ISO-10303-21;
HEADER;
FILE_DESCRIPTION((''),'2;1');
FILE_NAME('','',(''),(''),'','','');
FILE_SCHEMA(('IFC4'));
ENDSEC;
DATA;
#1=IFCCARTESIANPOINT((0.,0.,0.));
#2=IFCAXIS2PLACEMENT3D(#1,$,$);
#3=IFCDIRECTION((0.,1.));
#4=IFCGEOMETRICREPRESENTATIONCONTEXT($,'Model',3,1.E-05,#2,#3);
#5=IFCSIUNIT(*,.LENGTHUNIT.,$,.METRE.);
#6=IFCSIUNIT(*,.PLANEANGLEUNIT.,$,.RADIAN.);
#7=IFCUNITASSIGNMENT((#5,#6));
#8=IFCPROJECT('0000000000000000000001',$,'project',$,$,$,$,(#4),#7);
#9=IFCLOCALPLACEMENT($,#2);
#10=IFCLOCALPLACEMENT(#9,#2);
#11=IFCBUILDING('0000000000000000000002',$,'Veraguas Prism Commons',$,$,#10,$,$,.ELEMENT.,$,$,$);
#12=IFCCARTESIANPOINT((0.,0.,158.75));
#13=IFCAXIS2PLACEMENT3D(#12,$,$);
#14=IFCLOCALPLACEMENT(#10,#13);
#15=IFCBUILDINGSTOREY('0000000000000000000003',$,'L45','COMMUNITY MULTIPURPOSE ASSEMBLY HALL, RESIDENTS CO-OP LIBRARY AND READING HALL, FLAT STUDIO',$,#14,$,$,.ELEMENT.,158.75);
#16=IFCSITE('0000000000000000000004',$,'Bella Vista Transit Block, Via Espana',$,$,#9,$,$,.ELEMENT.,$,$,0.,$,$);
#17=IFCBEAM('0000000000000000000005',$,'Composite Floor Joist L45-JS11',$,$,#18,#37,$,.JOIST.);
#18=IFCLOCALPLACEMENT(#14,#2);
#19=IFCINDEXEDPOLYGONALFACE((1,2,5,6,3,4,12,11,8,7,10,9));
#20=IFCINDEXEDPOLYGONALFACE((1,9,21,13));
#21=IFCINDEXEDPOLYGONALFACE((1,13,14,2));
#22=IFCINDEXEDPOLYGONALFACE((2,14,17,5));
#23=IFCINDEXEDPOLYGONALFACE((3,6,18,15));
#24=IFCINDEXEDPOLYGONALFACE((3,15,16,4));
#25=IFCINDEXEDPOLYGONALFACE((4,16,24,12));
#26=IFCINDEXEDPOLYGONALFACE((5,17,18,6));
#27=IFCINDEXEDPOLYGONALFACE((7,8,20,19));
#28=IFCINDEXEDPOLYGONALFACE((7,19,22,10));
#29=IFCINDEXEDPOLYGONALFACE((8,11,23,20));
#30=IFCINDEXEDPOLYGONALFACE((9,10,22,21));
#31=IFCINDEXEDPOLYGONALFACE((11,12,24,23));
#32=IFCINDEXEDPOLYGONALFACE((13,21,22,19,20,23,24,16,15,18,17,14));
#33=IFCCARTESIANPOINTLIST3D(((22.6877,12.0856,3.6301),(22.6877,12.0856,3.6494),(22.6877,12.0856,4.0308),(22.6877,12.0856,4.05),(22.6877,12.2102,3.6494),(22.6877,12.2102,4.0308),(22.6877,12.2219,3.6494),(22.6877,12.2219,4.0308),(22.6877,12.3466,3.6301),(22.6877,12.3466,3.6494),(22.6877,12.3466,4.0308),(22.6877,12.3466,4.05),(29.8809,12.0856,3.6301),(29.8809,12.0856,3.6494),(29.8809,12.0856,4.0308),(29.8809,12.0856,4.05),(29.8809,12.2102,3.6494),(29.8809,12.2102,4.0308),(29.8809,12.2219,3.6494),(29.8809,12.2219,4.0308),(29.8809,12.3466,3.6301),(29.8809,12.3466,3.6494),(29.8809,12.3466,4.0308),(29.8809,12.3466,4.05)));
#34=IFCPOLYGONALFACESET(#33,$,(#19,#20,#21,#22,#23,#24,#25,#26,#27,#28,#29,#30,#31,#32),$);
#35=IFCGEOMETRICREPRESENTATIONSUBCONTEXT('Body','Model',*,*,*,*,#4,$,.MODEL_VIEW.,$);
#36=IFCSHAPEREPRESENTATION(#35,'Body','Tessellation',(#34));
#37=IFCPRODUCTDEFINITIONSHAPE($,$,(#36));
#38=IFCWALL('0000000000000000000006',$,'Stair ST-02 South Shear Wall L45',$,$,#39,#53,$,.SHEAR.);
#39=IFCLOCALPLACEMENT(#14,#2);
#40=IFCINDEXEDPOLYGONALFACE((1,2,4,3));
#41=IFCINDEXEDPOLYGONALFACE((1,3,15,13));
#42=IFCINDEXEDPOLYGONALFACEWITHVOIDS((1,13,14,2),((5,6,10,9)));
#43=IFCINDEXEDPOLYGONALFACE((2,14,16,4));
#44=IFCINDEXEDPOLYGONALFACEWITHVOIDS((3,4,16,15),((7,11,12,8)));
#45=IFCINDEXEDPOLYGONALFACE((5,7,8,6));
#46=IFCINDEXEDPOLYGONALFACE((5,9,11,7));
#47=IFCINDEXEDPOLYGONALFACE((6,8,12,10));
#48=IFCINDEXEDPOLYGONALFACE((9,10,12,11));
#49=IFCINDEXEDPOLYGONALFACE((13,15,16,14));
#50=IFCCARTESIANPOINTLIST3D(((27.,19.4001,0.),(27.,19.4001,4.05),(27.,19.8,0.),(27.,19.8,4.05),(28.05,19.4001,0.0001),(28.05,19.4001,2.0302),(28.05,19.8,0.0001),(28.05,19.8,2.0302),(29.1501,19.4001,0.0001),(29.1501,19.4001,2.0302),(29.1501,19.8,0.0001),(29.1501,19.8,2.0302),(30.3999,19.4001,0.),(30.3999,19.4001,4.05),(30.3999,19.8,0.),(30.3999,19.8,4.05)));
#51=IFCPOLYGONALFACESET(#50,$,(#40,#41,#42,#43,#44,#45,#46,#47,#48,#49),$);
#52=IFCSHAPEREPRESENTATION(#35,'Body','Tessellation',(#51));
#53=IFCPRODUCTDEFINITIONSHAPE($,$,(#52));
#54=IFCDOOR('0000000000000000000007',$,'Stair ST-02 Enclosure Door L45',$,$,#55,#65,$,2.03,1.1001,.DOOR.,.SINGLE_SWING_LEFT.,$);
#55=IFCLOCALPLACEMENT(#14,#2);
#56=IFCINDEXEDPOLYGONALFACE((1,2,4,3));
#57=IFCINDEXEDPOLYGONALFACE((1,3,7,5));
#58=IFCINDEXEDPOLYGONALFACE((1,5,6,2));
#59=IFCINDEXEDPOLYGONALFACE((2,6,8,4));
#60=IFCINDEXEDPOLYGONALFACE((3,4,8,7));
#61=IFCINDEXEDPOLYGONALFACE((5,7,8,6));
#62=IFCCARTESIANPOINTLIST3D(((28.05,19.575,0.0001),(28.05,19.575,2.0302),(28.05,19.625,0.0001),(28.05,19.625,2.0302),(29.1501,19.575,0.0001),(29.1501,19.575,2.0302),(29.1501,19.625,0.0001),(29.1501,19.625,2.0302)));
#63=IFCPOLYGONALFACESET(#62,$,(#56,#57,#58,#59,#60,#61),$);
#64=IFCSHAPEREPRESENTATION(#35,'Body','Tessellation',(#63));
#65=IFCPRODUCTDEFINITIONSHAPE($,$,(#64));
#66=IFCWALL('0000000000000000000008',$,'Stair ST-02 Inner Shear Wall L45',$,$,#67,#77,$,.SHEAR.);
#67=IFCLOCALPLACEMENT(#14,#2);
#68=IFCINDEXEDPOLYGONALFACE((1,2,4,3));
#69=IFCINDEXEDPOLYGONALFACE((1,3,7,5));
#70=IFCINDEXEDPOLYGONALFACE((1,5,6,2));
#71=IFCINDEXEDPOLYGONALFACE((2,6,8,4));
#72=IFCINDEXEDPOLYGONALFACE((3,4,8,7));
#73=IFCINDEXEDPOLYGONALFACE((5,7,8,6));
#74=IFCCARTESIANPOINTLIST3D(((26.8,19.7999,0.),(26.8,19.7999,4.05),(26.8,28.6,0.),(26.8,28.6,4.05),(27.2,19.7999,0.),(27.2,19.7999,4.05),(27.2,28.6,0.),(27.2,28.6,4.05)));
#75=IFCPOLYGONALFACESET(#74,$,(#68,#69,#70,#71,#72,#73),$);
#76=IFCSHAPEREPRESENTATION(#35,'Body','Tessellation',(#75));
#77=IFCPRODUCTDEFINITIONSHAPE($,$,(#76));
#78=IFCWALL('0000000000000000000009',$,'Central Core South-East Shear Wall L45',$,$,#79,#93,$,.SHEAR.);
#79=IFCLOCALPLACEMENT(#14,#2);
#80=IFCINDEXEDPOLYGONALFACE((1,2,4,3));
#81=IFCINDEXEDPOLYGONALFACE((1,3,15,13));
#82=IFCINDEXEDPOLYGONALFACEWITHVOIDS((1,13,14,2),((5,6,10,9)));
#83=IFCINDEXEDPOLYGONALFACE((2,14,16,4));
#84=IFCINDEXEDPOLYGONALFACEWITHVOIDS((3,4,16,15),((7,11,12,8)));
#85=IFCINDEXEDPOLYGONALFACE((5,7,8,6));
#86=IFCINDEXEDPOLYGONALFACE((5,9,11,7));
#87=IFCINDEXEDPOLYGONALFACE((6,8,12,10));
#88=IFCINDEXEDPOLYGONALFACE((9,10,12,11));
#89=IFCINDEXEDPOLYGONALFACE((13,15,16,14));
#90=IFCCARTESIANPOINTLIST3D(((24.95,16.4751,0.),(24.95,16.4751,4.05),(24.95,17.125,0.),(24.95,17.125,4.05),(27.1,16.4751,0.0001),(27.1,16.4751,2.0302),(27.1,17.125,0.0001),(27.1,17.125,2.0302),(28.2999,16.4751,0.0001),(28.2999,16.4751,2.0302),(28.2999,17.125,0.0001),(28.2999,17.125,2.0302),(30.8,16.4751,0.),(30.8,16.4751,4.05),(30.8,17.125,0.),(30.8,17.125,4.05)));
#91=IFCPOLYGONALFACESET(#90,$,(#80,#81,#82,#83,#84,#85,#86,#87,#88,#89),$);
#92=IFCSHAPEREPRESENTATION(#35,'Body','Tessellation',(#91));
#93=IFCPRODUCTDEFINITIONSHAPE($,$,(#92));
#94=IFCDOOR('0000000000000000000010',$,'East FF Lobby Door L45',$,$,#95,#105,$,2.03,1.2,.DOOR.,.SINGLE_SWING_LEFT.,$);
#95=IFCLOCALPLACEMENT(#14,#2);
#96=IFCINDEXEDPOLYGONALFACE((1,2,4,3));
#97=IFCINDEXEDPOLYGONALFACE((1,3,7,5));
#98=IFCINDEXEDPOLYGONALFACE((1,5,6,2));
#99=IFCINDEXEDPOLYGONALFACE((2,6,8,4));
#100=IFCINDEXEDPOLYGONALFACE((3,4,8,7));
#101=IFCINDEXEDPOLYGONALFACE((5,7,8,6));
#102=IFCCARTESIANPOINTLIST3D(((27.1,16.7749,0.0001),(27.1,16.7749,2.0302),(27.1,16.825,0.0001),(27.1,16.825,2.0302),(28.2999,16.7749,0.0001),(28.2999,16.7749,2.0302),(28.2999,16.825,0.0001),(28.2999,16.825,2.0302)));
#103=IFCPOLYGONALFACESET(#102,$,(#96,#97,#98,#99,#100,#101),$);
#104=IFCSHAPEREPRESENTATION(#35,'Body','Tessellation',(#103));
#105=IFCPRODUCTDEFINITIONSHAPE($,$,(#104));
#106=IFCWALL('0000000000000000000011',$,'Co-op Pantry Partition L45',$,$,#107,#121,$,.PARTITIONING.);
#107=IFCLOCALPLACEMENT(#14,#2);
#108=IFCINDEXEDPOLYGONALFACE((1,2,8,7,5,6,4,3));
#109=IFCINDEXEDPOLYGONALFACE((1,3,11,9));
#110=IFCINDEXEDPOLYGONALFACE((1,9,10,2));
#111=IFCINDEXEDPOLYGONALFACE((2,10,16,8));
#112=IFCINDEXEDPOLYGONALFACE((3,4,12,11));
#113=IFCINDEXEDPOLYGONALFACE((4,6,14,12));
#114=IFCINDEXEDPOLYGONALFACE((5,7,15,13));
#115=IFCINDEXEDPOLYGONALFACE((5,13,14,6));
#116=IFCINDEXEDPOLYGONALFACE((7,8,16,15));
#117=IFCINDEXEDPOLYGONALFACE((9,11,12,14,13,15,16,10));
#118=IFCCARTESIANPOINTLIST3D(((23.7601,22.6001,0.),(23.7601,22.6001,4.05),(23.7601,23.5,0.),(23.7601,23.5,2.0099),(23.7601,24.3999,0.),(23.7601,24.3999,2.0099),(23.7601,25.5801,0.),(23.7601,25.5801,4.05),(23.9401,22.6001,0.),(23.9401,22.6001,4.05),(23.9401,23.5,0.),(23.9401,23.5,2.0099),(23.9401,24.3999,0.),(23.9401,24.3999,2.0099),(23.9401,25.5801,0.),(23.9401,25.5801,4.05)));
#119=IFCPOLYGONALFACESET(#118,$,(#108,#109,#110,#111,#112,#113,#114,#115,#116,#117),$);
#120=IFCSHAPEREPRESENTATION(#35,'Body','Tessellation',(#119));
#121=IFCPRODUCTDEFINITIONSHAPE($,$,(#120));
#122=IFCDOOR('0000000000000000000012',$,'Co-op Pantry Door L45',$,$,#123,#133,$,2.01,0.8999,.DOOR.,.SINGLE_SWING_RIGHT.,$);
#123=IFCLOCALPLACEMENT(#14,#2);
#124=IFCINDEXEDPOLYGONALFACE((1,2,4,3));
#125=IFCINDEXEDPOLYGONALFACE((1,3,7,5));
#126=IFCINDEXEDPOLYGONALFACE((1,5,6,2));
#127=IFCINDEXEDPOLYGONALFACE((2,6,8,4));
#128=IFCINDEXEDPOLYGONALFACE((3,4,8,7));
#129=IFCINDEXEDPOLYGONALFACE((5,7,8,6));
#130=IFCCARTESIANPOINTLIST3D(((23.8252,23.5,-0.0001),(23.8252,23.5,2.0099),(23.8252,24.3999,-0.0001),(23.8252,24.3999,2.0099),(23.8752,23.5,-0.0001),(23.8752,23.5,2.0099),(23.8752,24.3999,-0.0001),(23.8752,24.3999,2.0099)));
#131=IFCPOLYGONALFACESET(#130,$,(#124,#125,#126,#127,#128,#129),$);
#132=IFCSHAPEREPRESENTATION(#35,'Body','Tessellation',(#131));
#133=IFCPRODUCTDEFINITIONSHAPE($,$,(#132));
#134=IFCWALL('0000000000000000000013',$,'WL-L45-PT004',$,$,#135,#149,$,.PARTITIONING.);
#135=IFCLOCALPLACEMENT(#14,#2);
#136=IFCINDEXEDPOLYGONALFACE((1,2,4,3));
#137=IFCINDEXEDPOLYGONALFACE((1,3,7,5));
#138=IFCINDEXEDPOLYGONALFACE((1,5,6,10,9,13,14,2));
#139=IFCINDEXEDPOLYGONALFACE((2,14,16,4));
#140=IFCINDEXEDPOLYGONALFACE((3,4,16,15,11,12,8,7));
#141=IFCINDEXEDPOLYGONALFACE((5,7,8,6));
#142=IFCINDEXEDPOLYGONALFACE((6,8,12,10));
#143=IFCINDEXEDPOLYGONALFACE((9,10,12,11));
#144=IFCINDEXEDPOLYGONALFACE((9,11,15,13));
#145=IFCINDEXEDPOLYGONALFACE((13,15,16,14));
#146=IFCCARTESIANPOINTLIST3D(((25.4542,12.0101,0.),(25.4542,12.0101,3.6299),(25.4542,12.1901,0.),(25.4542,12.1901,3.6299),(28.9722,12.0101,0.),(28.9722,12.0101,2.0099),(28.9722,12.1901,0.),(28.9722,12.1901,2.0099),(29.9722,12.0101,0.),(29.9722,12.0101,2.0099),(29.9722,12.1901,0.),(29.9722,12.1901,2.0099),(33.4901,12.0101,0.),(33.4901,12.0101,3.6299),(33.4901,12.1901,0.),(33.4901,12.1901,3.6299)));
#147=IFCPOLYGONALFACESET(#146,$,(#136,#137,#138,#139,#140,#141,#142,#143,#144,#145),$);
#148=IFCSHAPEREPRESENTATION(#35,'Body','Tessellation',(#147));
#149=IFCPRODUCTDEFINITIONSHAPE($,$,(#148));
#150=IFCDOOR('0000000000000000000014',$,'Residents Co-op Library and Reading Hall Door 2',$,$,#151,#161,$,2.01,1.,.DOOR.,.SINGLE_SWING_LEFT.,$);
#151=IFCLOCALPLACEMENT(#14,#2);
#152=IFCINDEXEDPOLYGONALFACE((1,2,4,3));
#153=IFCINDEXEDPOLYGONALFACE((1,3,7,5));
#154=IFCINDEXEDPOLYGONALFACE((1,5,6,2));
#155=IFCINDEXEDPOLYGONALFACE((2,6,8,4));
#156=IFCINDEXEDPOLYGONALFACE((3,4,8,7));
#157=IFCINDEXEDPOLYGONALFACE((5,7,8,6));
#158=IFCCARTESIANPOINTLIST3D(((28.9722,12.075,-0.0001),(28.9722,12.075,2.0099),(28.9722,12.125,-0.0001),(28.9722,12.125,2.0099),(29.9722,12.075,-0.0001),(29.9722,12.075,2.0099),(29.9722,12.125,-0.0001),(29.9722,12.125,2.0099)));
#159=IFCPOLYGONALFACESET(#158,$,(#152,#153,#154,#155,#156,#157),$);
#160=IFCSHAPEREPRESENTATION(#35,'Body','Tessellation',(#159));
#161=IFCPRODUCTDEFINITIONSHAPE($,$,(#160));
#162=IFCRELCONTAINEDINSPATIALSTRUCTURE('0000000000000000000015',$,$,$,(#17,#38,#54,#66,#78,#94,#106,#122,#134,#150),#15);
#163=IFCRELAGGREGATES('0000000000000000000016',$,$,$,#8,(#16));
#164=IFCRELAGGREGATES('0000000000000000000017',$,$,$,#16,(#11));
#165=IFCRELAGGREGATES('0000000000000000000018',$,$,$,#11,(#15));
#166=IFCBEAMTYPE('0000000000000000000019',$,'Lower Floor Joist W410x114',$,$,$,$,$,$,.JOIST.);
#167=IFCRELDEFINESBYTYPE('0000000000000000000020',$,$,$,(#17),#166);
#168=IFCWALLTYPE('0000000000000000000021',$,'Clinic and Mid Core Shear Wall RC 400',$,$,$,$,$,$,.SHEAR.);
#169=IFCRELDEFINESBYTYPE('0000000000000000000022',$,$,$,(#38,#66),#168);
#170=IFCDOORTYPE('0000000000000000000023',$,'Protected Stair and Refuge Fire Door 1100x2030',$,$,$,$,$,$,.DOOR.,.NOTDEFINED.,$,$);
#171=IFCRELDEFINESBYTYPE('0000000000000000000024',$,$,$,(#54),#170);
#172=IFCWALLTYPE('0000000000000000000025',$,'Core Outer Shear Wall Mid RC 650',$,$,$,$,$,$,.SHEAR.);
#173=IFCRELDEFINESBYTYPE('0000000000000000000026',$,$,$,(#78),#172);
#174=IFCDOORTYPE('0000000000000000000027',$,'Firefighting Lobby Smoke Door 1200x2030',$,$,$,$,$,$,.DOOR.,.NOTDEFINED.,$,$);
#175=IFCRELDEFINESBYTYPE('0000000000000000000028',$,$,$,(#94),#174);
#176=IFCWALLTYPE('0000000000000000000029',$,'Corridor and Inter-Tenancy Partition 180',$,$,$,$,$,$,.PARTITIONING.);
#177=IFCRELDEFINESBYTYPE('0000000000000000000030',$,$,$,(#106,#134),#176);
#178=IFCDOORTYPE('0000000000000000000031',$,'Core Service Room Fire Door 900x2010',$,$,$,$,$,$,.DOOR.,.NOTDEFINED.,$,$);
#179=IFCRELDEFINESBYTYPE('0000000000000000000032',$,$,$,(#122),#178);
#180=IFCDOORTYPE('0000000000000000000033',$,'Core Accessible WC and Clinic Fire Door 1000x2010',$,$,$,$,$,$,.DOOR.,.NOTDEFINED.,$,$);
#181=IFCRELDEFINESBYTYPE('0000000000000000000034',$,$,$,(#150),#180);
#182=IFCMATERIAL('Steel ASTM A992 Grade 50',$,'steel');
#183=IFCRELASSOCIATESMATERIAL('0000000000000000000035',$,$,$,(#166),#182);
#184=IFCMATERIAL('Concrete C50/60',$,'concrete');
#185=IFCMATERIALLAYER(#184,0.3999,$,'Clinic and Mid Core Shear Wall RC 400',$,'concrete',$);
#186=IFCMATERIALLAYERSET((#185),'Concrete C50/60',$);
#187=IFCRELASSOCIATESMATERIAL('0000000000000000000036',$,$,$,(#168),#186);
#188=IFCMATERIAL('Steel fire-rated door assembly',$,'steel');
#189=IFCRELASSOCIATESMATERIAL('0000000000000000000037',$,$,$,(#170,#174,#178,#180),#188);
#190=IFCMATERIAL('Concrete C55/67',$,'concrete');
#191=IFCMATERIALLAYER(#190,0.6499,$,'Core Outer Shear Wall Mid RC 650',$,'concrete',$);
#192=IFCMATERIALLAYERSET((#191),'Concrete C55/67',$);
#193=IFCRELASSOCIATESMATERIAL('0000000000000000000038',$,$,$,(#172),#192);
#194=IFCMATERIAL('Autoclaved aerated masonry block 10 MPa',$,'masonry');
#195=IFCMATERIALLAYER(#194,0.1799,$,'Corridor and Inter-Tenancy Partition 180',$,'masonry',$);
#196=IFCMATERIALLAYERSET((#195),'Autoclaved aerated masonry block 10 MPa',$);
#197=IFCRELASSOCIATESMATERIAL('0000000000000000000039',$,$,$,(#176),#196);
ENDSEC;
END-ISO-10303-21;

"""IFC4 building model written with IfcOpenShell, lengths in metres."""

from ifc_helpers import new_model, si_unit, direction, frame, frame_2d, origin, origin_2d, place, context, subcontext, project, spatial, rectangle, i_section, extrude, source, transform, mapped, material, layer, layer_set, material_profile, profile_set, type_object, element, fill, save


model = new_model("IFC4")

# Units and contexts
model_context = context("Model", 3, precision=1e-05, world=origin(), true_north=direction((0.0, 1.0)))
body_context = subcontext(model_context, "Body", "Model", "MODEL_VIEW")
ifc_project = project(units=[si_unit("LENGTHUNIT", "METRE"), si_unit("PLANEANGLEUNIT", "RADIAN")], contexts=[model_context])

# Site, building, storey
site_placement = place(None, origin())
site = spatial("IfcSite", under=ifc_project, at=site_placement, Name="Bella Vista Transit Block, Via Espana", CompositionType="ELEMENT", RefElevation=0.0)
building_placement = place(site_placement, origin())
building = spatial("IfcBuilding", under=site, at=building_placement, Name="Veraguas Prism Commons", CompositionType="ELEMENT")
storey_placement = place(building_placement, frame((0.0, 0.0, 158.75)))
storey = spatial("IfcBuildingStorey", under=building, at=storey_placement, Name="L45", Description="COMMUNITY MULTIPURPOSE ASSEMBLY HALL, RESIDENTS CO-OP LIBRARY AND READING HALL, FLAT STUDIO", CompositionType="ELEMENT", Elevation=158.75)

# Beam
ifc_material_1 = material(Name="Steel ASTM A992 Grade 50", Category="steel")
ifc_material_profile = material_profile(ifc_material_1, i_section(OverallWidth=0.261, OverallDepth=0.4199, WebThickness=0.0117, FlangeThickness=0.0193, at=origin_2d()), Name="W410X114")
ifc_profile_set = profile_set([ifc_material_profile], Name="Steel ASTM A992 Grade 50")
beam_type = type_object("IfcBeamType", Name="Lower Floor Joist W410x114", PredefinedType="JOIST", material=ifc_profile_set)
beam_placement = place(storey_placement, frame((22.6877, 12.2161, 3.8401), z_axis=(1.0, 0.0, 0.0), x_axis=(0.0, 1.0, 0.0)))
element("IfcBeam", 1, at=beam_placement, inside=storey, type_object=beam_type, Name="Composite Floor Joist L45-JS11", PredefinedType="JOIST", context=body_context, shape_type="SweptSolid", body=[
    extrude(i_section(OverallWidth=0.261, OverallDepth=0.4199, WebThickness=0.0117, FlangeThickness=0.0193, at=origin_2d()), origin(), (0.0, 0.0, 1.0), 7.1931),
])

# Wall, opening, door
ifc_material_2 = material(Name="Concrete C50/60", Category="concrete")
ifc_layer_1 = layer(ifc_material_2, 0.3999, Name="Clinic and Mid Core Shear Wall RC 400", Category="concrete")
ifc_layer_set_1 = layer_set([ifc_layer_1], Name="Concrete C50/60")
wall_type_1 = type_object("IfcWallType", Name="Clinic and Mid Core Shear Wall RC 400", PredefinedType="SHEAR", material=ifc_layer_set_1)
wall_1_placement = place(storey_placement, frame((27.0, 19.6001, 0.0), z_axis=(0.0, 0.0, 1.0), x_axis=(1.0, 0.0, 0.0)))
wall_1 = element("IfcWall", 2, at=wall_1_placement, inside=storey, type_object=wall_type_1, Name="Stair ST-02 South Shear Wall L45", PredefinedType="SHEAR", context=body_context, shape_type="SweptSolid", body=[
    extrude(rectangle(XDim=3.3999, YDim=0.3999, at=frame_2d((1.7, 0.0))), origin(), (0.0, 0.0, 1.0), 4.05),
])
opening_1_placement = place(wall_1_placement, frame((1.05, 0.0, 0.0)))
opening_1 = element("IfcOpeningElement", 3, at=opening_1_placement, cuts=wall_1, PredefinedType="OPENING", context=body_context, shape_type="SweptSolid", body=[
    extrude(rectangle(XDim=1.1001, YDim=2.03, at=frame_2d((0.55, 1.0151))), frame((0.0, 0.21, 0.0), z_axis=(0.0, -1.0, 0.0), x_axis=(1.0, 0.0, 0.0)), (0.0, 0.0, 1.0), 0.4199),
])
ifc_material_3 = material(Name="Steel fire-rated door assembly", Category="steel")
door_type_1 = type_object("IfcDoorType", Name="Protected Stair and Refuge Fire Door 1100x2030", OperationType="NOTDEFINED", PredefinedType="DOOR", material=ifc_material_3)
shared_shape_1 = source(origin(), body_context, "Body", "SweptSolid", [
    extrude(rectangle(XDim=1.1001, YDim=2.03, at=frame_2d((0.55, 1.0151))), frame((0.0, 0.0249, 0.0), z_axis=(0.0, -1.0, 0.0), x_axis=(1.0, 0.0, 0.0)), (0.0, 0.0, 1.0), 0.05),
])
door_1_placement = place(opening_1_placement, origin())
door_1 = element("IfcDoor", 4, at=door_1_placement, inside=storey, type_object=door_type_1, Name="Stair ST-02 Enclosure Door L45", OperationType="SINGLE_SWING_LEFT", OverallHeight=2.03, OverallWidth=1.1001, PredefinedType="DOOR", context=body_context, shape_type="MappedRepresentation", body=[
    mapped(shared_shape_1, transform((0.0, 0.0, 0.0), scale=1.0)),
])
fill(opening_1, door_1)

# Wall
wall_2_placement = place(storey_placement, frame((27.0, 19.8, 0.0), z_axis=(0.0, 0.0, 1.0), x_axis=(0.0, 1.0, 0.0)))
element("IfcWall", 5, at=wall_2_placement, inside=storey, type_object=wall_type_1, Name="Stair ST-02 Inner Shear Wall L45", PredefinedType="SHEAR", context=body_context, shape_type="SweptSolid", body=[
    extrude(rectangle(XDim=8.8, YDim=0.3999, at=frame_2d((4.3999, 0.0))), origin(), (0.0, 0.0, 1.0), 4.05),
])

# Walls, openings, doors
ifc_material_4 = material(Name="Concrete C55/67", Category="concrete")
ifc_layer_2 = layer(ifc_material_4, 0.6499, Name="Core Outer Shear Wall Mid RC 650", Category="concrete")
ifc_layer_set_2 = layer_set([ifc_layer_2], Name="Concrete C55/67")
wall_type_2 = type_object("IfcWallType", Name="Core Outer Shear Wall Mid RC 650", PredefinedType="SHEAR", material=ifc_layer_set_2)
wall_3_placement = place(storey_placement, frame((24.95, 16.8, 0.0), z_axis=(0.0, 0.0, 1.0), x_axis=(1.0, 0.0, 0.0)))
wall_3 = element("IfcWall", 6, at=wall_3_placement, inside=storey, type_object=wall_type_2, Name="Central Core South-East Shear Wall L45", PredefinedType="SHEAR", context=body_context, shape_type="SweptSolid", body=[
    extrude(rectangle(XDim=5.8501, YDim=0.6499, at=frame_2d((2.925, 0.0))), origin(), (0.0, 0.0, 1.0), 4.05),
])
opening_2_placement = place(wall_3_placement, frame((2.1499, 0.0, 0.0)))
opening_2 = element("IfcOpeningElement", 7, at=opening_2_placement, cuts=wall_3, PredefinedType="OPENING", context=body_context, shape_type="SweptSolid", body=[
    extrude(rectangle(XDim=1.2, YDim=2.03, at=frame_2d((0.6001, 1.0151))), frame((0.0, 0.335, 0.0), z_axis=(0.0, -1.0, 0.0), x_axis=(1.0, 0.0, 0.0)), (0.0, 0.0, 1.0), 0.6699),
])
door_type_2 = type_object("IfcDoorType", Name="Firefighting Lobby Smoke Door 1200x2030", OperationType="NOTDEFINED", PredefinedType="DOOR", material=ifc_material_3)
shared_shape_2 = source(origin(), body_context, "Body", "SweptSolid", [
    extrude(rectangle(XDim=1.2, YDim=2.03, at=frame_2d((0.6001, 1.0151))), frame((0.0, 0.0249, 0.0), z_axis=(0.0, -1.0, 0.0), x_axis=(1.0, 0.0, 0.0)), (0.0, 0.0, 1.0), 0.05),
])
door_2_placement = place(opening_2_placement, origin())
door_2 = element("IfcDoor", 8, at=door_2_placement, inside=storey, type_object=door_type_2, Name="East FF Lobby Door L45", OperationType="SINGLE_SWING_LEFT", OverallHeight=2.03, OverallWidth=1.2, PredefinedType="DOOR", context=body_context, shape_type="MappedRepresentation", body=[
    mapped(shared_shape_2, transform((0.0, 0.0, 0.0), scale=1.0)),
])
fill(opening_2, door_2)
ifc_material_5 = material(Name="Autoclaved aerated masonry block 10 MPa", Category="masonry")
ifc_layer_3 = layer(ifc_material_5, 0.1799, Name="Corridor and Inter-Tenancy Partition 180", Category="masonry")
ifc_layer_set_3 = layer_set([ifc_layer_3], Name="Autoclaved aerated masonry block 10 MPa")
wall_type_3 = type_object("IfcWallType", Name="Corridor and Inter-Tenancy Partition 180", PredefinedType="PARTITIONING", material=ifc_layer_set_3)
wall_4_placement = place(storey_placement, frame((23.8501, 22.6001, 0.0), z_axis=(0.0, 0.0, 1.0), x_axis=(0.0, 1.0, 0.0)))
wall_4 = element("IfcWall", 9, at=wall_4_placement, inside=storey, type_object=wall_type_3, Name="Co-op Pantry Partition L45", PredefinedType="PARTITIONING", context=body_context, shape_type="SweptSolid", body=[
    extrude(rectangle(XDim=2.98, YDim=0.1799, at=frame_2d((1.49, 0.0))), origin(), (0.0, 0.0, 1.0), 4.05),
])
opening_3_placement = place(wall_4_placement, frame((0.8999, 0.0, 0.0)))
opening_3 = element("IfcOpeningElement", 10, at=opening_3_placement, cuts=wall_4, PredefinedType="OPENING", context=body_context, shape_type="SweptSolid", body=[
    extrude(rectangle(XDim=0.8999, YDim=2.01, at=frame_2d((0.45, 1.0049))), frame((0.0, 0.0999, 0.0), z_axis=(0.0, -1.0, 0.0), x_axis=(1.0, 0.0, 0.0)), (0.0, 0.0, 1.0), 0.2),
])
door_type_3 = type_object("IfcDoorType", Name="Core Service Room Fire Door 900x2010", OperationType="NOTDEFINED", PredefinedType="DOOR", material=ifc_material_3)
shared_shape_3 = source(origin(), body_context, "Body", "SweptSolid", [
    extrude(rectangle(XDim=0.8999, YDim=2.01, at=frame_2d((0.45, 1.0049))), frame((0.0, 0.0249, 0.0), z_axis=(0.0, -1.0, 0.0), x_axis=(1.0, 0.0, 0.0)), (0.0, 0.0, 1.0), 0.05),
])
door_3_placement = place(opening_3_placement, origin())
door_3 = element("IfcDoor", 11, at=door_3_placement, inside=storey, type_object=door_type_3, Name="Co-op Pantry Door L45", OperationType="SINGLE_SWING_RIGHT", OverallHeight=2.01, OverallWidth=0.8999, PredefinedType="DOOR", context=body_context, shape_type="MappedRepresentation", body=[
    mapped(shared_shape_3, transform((0.0, 0.0, 0.0), scale=1.0)),
])
fill(opening_3, door_3)
wall_5_placement = place(storey_placement, frame((25.4541, 12.1001, 0.0), z_axis=(0.0, 0.0, 1.0), x_axis=(1.0, 0.0, 0.0)))
wall_5 = element("IfcWall", 12, at=wall_5_placement, inside=storey, type_object=wall_type_3, Name="WL-L45-PT004", PredefinedType="PARTITIONING", context=body_context, shape_type="SweptSolid", body=[
    extrude(rectangle(XDim=8.0359, YDim=0.1799, at=frame_2d((4.0181, 0.0))), origin(), (0.0, 0.0, 1.0), 3.6299),
])
opening_4_placement = place(wall_5_placement, frame((3.5181, 0.0, 0.0)))
opening_4 = element("IfcOpeningElement", 13, at=opening_4_placement, cuts=wall_5, PredefinedType="OPENING", context=body_context, shape_type="SweptSolid", body=[
    extrude(rectangle(XDim=1.0, YDim=2.01, at=frame_2d((0.5, 1.0049))), frame((0.0, 0.0999, 0.0), z_axis=(0.0, -1.0, 0.0), x_axis=(1.0, 0.0, 0.0)), (0.0, 0.0, 1.0), 0.2),
])
door_type_4 = type_object("IfcDoorType", Name="Core Accessible WC and Clinic Fire Door 1000x2010", OperationType="NOTDEFINED", PredefinedType="DOOR", material=ifc_material_3)
shared_shape_4 = source(origin(), body_context, "Body", "SweptSolid", [
    extrude(rectangle(XDim=1.0, YDim=2.01, at=frame_2d((0.5, 1.0049))), frame((0.0, 0.0249, 0.0), z_axis=(0.0, -1.0, 0.0), x_axis=(1.0, 0.0, 0.0)), (0.0, 0.0, 1.0), 0.05),
])
door_4_placement = place(opening_4_placement, origin())
door_4 = element("IfcDoor", 14, at=door_4_placement, inside=storey, type_object=door_type_4, Name="Residents Co-op Library and Reading Hall Door 2", OperationType="SINGLE_SWING_LEFT", OverallHeight=2.01, OverallWidth=1.0, PredefinedType="DOOR", context=body_context, shape_type="MappedRepresentation", body=[
    mapped(shared_shape_4, transform((0.0, 0.0, 0.0), scale=1.0)),
])
fill(opening_4, door_4)

save(model, "model.ifc")
